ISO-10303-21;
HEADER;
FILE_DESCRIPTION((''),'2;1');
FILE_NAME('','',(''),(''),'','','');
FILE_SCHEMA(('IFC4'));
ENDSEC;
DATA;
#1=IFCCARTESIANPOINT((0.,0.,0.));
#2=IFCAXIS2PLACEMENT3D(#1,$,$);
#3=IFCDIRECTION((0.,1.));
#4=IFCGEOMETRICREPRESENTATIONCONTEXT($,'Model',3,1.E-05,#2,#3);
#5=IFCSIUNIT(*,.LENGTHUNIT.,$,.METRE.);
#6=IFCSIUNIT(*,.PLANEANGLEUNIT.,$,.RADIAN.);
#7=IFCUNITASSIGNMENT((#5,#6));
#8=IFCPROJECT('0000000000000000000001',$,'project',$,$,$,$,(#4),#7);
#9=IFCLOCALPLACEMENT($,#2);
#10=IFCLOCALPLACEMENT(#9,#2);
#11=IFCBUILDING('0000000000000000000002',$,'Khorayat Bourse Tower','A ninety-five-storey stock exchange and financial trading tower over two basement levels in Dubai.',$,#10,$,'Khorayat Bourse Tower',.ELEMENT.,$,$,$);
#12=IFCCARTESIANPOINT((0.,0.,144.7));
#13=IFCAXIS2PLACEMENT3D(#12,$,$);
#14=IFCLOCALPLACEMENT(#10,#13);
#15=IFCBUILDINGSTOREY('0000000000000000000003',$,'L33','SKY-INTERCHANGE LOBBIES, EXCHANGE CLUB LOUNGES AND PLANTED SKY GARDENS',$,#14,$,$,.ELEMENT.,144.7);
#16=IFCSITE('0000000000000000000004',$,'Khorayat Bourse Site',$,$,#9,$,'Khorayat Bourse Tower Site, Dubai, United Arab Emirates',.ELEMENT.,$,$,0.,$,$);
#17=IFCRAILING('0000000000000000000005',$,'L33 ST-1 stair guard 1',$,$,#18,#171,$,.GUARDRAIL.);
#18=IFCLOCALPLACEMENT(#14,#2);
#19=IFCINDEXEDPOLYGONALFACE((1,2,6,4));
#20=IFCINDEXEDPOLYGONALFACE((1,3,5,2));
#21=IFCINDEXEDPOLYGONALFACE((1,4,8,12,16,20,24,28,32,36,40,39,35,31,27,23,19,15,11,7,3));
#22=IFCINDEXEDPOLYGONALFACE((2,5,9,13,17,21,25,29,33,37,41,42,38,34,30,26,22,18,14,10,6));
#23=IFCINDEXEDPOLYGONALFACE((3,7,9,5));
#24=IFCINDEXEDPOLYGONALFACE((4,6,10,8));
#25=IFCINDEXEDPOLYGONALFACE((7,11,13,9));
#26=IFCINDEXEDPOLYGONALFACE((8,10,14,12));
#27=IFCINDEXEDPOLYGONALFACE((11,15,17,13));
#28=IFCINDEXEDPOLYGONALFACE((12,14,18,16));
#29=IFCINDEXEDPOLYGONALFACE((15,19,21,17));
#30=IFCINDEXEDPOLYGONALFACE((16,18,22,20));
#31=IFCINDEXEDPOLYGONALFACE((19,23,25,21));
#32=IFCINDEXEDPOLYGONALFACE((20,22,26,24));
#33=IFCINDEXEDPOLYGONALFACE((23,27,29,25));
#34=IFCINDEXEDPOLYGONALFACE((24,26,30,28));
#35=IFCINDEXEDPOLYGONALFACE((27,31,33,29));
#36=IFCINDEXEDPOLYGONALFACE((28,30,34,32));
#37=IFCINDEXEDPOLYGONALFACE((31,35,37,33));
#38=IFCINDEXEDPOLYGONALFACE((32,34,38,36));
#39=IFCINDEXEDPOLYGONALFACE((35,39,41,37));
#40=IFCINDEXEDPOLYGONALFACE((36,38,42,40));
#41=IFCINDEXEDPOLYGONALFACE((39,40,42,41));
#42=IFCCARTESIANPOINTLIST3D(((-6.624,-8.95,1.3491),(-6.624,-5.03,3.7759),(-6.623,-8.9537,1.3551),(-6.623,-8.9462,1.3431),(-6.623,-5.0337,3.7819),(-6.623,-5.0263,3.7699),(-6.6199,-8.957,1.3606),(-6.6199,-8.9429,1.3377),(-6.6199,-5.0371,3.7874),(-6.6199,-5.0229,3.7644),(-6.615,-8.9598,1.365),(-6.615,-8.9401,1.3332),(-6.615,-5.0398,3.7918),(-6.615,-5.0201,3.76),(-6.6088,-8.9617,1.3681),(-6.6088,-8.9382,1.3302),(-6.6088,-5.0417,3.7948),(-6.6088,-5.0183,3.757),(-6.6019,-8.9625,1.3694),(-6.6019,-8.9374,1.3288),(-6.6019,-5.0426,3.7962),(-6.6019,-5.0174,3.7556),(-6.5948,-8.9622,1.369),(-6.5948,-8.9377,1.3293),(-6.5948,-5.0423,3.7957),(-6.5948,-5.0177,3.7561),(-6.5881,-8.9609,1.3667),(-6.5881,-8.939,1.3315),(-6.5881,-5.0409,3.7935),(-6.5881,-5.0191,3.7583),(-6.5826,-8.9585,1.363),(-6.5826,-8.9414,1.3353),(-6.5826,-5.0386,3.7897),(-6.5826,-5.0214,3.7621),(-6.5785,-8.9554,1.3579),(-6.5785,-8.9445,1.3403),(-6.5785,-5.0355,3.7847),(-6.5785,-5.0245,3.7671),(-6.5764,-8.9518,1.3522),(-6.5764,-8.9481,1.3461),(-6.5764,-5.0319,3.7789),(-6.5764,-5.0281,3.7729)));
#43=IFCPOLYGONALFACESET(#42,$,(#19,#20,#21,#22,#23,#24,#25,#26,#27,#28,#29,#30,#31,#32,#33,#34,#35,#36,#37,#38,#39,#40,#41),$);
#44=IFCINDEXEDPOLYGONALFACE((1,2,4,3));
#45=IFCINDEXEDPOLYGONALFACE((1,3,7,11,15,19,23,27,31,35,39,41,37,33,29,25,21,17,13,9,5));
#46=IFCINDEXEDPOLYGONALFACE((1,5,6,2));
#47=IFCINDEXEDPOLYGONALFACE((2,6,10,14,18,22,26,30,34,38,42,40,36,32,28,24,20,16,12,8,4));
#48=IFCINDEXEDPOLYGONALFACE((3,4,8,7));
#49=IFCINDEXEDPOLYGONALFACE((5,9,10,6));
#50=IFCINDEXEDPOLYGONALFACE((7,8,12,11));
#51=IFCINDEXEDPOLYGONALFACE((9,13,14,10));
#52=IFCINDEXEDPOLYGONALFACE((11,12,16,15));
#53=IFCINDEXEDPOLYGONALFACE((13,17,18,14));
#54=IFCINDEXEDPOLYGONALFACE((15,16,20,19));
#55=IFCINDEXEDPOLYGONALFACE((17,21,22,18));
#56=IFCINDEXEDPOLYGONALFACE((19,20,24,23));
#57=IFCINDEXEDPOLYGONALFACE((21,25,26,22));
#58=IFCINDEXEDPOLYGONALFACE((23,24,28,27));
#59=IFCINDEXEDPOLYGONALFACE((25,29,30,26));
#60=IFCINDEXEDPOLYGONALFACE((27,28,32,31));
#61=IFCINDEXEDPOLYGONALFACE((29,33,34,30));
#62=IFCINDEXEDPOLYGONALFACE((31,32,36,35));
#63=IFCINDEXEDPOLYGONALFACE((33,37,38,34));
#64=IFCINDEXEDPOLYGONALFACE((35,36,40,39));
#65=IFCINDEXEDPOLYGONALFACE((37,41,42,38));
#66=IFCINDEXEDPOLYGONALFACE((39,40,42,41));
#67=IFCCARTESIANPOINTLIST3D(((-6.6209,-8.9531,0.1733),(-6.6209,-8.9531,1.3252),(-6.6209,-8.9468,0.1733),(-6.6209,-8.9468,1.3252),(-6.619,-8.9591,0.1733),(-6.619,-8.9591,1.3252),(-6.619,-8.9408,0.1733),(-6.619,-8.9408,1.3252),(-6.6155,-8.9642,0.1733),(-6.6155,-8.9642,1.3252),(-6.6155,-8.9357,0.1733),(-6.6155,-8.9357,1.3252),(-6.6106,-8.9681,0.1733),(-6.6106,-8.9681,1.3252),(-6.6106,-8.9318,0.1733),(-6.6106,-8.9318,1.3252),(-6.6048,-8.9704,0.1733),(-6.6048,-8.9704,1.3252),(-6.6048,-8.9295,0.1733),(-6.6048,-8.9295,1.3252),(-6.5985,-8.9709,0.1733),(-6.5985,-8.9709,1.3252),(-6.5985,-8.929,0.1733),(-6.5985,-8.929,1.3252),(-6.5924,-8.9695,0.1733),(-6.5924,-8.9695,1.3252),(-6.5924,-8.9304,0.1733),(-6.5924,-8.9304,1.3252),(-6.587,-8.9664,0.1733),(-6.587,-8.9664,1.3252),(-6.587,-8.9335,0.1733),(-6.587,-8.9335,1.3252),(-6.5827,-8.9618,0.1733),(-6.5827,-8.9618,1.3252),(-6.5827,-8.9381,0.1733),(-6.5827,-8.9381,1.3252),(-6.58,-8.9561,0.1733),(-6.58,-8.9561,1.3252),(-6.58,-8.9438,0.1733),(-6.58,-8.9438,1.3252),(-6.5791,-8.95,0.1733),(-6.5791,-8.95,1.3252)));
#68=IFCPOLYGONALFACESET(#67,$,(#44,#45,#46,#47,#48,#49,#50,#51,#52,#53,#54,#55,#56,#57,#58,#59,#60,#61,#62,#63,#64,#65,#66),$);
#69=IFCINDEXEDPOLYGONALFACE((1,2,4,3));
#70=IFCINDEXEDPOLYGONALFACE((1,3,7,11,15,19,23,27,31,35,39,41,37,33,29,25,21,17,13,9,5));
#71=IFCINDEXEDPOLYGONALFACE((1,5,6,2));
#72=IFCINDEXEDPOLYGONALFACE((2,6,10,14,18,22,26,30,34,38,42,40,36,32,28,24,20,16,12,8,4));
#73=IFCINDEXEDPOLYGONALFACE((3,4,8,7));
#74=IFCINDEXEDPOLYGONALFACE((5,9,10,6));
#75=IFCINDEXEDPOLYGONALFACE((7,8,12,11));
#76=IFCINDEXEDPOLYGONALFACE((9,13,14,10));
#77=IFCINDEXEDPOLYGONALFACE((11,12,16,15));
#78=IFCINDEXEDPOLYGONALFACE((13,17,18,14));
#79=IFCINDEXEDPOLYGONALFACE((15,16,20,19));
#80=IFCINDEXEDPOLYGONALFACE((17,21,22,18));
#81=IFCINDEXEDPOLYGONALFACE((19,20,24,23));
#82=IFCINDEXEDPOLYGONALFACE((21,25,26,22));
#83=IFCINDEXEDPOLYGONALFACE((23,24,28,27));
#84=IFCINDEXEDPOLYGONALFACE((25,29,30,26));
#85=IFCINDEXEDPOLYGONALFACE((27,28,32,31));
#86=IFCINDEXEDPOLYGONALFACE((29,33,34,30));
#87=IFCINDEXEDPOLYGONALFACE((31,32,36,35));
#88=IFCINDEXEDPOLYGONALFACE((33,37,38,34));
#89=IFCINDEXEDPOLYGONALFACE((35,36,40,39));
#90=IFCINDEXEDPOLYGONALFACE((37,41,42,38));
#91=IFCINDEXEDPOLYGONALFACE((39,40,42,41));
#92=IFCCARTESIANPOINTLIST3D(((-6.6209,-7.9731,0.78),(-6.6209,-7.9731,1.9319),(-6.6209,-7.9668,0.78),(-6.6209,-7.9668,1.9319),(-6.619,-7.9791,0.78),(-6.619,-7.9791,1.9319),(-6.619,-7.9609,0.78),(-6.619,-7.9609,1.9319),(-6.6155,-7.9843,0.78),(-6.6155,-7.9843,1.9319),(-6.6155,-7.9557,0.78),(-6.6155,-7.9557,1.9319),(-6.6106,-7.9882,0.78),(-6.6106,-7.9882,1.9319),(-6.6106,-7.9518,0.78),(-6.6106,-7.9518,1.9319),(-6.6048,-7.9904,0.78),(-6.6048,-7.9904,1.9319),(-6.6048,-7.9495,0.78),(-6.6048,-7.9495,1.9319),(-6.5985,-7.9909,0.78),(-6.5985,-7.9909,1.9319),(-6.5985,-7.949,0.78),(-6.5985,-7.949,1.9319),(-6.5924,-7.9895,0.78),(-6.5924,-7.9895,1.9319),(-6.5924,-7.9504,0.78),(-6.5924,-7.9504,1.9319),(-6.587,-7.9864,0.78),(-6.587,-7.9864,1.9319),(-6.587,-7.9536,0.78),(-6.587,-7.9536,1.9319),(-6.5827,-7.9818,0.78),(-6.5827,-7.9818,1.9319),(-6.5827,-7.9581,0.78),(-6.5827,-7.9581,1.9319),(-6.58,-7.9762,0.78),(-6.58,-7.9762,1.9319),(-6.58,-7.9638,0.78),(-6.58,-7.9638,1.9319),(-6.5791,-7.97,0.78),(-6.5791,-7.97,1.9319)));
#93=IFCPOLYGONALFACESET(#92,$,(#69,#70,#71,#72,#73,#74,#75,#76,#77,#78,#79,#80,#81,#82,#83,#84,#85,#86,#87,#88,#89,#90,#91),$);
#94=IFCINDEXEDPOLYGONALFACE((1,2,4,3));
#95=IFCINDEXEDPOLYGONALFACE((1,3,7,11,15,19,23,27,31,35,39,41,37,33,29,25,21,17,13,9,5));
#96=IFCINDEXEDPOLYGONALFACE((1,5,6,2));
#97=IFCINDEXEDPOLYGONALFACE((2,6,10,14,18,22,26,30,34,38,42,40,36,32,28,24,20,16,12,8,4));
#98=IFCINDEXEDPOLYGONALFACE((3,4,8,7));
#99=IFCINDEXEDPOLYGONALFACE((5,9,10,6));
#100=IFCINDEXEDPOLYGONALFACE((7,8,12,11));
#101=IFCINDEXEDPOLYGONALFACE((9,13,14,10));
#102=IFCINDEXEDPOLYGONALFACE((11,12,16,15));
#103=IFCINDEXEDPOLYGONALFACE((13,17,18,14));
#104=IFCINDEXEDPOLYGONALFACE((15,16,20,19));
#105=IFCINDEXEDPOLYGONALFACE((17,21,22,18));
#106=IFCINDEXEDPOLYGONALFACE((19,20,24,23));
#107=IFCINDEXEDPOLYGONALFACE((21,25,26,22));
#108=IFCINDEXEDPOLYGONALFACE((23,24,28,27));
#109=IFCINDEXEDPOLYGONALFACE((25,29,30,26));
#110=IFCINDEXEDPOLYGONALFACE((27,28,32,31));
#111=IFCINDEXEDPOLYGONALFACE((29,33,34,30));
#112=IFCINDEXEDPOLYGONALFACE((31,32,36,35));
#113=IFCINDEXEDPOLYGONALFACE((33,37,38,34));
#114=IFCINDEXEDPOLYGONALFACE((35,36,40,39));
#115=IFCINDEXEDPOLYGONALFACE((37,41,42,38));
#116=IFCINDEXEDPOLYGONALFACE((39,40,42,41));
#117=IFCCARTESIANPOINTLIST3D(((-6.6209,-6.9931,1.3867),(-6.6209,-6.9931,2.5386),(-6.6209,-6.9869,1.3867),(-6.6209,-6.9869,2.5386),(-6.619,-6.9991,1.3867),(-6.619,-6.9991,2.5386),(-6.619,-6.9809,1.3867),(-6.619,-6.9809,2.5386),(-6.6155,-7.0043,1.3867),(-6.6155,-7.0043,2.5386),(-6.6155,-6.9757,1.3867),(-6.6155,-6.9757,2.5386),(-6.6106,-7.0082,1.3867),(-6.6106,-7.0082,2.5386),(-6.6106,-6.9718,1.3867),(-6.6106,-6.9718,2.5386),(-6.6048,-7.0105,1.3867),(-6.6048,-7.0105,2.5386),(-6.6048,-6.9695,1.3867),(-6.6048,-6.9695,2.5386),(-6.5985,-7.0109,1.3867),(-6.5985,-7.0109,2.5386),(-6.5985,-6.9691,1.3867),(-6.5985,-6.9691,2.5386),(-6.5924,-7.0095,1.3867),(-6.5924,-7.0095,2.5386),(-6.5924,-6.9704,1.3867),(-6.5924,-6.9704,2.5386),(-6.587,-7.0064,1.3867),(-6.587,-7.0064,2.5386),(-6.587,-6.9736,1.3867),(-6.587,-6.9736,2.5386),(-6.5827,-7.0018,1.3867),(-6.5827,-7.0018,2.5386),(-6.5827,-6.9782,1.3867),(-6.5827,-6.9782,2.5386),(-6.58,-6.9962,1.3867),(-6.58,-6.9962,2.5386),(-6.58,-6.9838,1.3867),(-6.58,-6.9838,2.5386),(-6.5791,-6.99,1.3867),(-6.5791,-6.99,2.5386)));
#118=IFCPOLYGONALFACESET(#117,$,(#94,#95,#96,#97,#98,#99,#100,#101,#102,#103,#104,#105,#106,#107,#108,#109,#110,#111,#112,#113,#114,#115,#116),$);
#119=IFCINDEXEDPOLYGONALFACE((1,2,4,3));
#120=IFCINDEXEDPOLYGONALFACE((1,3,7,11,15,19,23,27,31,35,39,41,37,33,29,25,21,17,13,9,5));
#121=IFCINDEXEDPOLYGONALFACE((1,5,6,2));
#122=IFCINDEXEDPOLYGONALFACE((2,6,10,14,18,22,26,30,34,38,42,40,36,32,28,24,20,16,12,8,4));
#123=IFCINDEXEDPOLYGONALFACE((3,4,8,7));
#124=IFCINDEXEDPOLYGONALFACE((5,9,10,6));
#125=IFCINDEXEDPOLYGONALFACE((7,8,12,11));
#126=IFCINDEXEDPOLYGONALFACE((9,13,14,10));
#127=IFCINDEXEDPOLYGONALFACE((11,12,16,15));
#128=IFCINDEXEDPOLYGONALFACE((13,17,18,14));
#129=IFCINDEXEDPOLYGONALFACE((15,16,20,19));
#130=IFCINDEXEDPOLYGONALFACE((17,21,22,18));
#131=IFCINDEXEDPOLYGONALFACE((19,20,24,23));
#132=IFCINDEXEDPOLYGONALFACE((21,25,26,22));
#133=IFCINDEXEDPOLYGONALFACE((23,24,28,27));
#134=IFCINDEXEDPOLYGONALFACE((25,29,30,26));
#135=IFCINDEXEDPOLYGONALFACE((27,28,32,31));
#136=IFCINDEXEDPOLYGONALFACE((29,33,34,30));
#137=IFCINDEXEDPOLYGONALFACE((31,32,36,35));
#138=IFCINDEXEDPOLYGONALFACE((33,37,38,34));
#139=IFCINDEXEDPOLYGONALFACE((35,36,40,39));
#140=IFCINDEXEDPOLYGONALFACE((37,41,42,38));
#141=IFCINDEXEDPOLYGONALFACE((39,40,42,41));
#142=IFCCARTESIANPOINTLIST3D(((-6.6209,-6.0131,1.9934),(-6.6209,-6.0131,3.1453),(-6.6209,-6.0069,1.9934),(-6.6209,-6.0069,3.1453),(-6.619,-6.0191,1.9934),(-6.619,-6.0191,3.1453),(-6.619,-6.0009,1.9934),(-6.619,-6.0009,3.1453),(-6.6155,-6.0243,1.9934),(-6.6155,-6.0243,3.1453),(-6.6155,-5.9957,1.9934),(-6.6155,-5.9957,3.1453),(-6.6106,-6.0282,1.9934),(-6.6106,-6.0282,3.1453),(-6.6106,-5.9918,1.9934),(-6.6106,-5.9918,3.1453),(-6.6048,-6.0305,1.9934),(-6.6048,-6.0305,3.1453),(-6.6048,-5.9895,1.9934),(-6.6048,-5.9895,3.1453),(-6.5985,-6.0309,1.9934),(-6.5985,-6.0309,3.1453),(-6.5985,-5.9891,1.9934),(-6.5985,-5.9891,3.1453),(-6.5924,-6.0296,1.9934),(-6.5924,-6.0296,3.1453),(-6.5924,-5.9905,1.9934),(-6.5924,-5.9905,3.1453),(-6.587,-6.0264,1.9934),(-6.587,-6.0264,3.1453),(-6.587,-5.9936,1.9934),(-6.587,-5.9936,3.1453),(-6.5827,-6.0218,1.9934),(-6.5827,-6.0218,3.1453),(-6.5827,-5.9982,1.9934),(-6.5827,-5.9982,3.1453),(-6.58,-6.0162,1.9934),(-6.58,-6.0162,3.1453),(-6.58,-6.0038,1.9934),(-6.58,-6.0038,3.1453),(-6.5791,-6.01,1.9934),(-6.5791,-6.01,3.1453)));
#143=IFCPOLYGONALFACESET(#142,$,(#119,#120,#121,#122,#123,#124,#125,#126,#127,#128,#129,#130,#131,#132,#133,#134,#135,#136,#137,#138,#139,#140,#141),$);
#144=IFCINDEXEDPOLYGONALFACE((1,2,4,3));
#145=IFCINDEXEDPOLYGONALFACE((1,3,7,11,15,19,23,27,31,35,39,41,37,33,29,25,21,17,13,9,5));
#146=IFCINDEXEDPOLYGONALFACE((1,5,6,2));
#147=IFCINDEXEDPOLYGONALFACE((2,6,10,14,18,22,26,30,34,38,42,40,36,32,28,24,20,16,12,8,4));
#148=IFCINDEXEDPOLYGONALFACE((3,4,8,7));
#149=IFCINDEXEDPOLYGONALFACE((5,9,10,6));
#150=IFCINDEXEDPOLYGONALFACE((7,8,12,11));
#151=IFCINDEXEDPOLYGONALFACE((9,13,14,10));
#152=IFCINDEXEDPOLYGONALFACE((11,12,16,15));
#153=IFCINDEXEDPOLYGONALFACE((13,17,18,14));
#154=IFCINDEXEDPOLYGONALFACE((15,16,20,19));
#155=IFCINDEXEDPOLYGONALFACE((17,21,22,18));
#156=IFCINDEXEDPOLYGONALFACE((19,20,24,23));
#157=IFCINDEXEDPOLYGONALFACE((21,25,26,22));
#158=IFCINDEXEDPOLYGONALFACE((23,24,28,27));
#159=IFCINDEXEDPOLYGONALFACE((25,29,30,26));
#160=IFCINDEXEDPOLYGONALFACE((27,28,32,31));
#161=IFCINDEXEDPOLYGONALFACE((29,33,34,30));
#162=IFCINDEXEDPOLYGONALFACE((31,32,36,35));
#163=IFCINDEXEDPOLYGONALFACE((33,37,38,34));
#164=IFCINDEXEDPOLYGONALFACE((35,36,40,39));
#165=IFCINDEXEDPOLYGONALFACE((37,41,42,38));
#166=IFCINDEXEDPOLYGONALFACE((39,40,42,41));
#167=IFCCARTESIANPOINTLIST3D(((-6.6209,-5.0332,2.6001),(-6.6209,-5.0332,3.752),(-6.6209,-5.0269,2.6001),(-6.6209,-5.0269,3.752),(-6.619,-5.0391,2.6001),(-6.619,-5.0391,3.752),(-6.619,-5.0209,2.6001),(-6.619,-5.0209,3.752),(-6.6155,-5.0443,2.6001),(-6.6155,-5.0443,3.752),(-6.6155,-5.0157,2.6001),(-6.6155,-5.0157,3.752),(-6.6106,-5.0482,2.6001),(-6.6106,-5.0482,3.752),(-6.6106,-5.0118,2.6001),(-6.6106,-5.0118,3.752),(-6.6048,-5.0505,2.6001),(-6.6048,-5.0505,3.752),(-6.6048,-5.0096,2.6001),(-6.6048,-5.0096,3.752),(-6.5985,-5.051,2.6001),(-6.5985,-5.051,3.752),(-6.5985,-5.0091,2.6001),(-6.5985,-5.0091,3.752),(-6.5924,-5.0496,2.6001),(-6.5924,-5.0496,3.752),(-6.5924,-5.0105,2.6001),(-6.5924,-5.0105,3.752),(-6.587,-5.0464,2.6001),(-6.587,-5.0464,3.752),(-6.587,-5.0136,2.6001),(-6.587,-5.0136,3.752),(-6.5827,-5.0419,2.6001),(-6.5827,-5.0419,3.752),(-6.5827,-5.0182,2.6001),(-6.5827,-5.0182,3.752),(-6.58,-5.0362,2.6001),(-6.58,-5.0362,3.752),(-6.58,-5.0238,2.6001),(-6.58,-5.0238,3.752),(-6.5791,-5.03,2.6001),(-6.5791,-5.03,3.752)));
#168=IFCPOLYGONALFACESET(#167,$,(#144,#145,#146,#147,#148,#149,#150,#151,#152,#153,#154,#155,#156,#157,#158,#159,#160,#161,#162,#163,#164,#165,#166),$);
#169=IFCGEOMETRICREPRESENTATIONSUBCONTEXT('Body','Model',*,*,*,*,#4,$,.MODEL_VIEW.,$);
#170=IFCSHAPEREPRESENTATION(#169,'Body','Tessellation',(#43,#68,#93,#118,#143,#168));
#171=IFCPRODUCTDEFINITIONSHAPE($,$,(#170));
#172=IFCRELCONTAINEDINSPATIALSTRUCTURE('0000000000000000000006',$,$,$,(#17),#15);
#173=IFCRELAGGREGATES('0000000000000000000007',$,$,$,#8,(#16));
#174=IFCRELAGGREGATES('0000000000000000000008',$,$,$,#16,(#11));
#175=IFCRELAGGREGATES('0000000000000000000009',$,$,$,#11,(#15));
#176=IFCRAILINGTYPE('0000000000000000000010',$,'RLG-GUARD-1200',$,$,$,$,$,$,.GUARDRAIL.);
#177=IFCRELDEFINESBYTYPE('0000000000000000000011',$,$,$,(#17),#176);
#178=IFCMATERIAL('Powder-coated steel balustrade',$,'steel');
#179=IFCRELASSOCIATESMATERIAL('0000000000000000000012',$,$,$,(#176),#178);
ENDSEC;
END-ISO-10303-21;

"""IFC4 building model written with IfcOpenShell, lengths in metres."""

from ifc_helpers import new_model, si_unit, direction, frame, origin, origin_2d, place, context, subcontext, project, spatial, circle, extrude, source, transform, mapped, material, type_object, element, save


model = new_model("IFC4")

# Units and contexts
model_context = context("Model", 3, precision=1e-05, world=origin(), true_north=direction((0.0, 1.0)))
body_context = subcontext(model_context, "Body", "Model", "MODEL_VIEW")
ifc_project = project(units=[si_unit("LENGTHUNIT", "METRE"), si_unit("PLANEANGLEUNIT", "RADIAN")], contexts=[model_context])

# Site, building, storey
site_placement = place(None, origin())
site = spatial("IfcSite", under=ifc_project, at=site_placement, Name="Khorayat Bourse Site", LongName="Khorayat Bourse Tower Site, Dubai, United Arab Emirates", CompositionType="ELEMENT", RefElevation=0.0)
building_placement = place(site_placement, origin())
building = spatial("IfcBuilding", under=site, at=building_placement, Name="Khorayat Bourse Tower", Description="A ninety-five-storey stock exchange and financial trading tower over two basement levels in Dubai.", LongName="Khorayat Bourse Tower", CompositionType="ELEMENT")
storey_placement = place(building_placement, frame((0.0, 0.0, 144.7)))
storey = spatial("IfcBuildingStorey", under=building, at=storey_placement, Name="L33", Description="SKY-INTERCHANGE LOBBIES, EXCHANGE CLUB LOUNGES AND PLANTED SKY GARDENS", CompositionType="ELEMENT", Elevation=144.7)

# Railing
ifc_material_1 = material(Name="Powder-coated steel balustrade", Category="steel")
railing_type = type_object("IfcRailingType", Name="RLG-GUARD-1200", PredefinedType="GUARDRAIL", material=ifc_material_1)
shared_shape_1 = source(origin(), body_context, "Body", "SweptSolid", [
    extrude(circle(Radius=0.0239, at=origin_2d()), frame((0.0, 0.0, 1.1758), z_axis=(0.0, 0.850252, 0.526376), x_axis=(-1.0, 0.0, 0.0)), (0.0, 0.0, 1.0), 4.6104),
    extrude(circle(Radius=0.021, at=origin_2d()), origin(), (0.0, 0.0, 1.0), 1.1519),
    extrude(circle(Radius=0.021, at=origin_2d()), frame((0.0, 0.98, 0.6067)), (0.0, 0.0, 1.0), 1.1519),
    extrude(circle(Radius=0.021, at=origin_2d()), frame((0.0, 1.96, 1.2134)), (0.0, 0.0, 1.0), 1.1519),
    extrude(circle(Radius=0.021, at=origin_2d()), frame((0.0, 2.9399, 1.8201)), (0.0, 0.0, 1.0), 1.1519),
    extrude(circle(Radius=0.021, at=origin_2d()), frame((0.0, 3.9199, 2.4268)), (0.0, 0.0, 1.0), 1.1519),
])
railing_1_placement = place(storey_placement, frame((-6.6001, -8.95, 0.1733)))
element("IfcRailing", 1, at=railing_1_placement, inside=storey, type_object=railing_type, Name="L33 ST-1 stair guard 1", PredefinedType="GUARDRAIL", context=body_context, shape_type="MappedRepresentation", body=[
    mapped(shared_shape_1, transform((0.0, 0.0, 0.0), scale=1.0)),
])

save(model, "model.ifc")
